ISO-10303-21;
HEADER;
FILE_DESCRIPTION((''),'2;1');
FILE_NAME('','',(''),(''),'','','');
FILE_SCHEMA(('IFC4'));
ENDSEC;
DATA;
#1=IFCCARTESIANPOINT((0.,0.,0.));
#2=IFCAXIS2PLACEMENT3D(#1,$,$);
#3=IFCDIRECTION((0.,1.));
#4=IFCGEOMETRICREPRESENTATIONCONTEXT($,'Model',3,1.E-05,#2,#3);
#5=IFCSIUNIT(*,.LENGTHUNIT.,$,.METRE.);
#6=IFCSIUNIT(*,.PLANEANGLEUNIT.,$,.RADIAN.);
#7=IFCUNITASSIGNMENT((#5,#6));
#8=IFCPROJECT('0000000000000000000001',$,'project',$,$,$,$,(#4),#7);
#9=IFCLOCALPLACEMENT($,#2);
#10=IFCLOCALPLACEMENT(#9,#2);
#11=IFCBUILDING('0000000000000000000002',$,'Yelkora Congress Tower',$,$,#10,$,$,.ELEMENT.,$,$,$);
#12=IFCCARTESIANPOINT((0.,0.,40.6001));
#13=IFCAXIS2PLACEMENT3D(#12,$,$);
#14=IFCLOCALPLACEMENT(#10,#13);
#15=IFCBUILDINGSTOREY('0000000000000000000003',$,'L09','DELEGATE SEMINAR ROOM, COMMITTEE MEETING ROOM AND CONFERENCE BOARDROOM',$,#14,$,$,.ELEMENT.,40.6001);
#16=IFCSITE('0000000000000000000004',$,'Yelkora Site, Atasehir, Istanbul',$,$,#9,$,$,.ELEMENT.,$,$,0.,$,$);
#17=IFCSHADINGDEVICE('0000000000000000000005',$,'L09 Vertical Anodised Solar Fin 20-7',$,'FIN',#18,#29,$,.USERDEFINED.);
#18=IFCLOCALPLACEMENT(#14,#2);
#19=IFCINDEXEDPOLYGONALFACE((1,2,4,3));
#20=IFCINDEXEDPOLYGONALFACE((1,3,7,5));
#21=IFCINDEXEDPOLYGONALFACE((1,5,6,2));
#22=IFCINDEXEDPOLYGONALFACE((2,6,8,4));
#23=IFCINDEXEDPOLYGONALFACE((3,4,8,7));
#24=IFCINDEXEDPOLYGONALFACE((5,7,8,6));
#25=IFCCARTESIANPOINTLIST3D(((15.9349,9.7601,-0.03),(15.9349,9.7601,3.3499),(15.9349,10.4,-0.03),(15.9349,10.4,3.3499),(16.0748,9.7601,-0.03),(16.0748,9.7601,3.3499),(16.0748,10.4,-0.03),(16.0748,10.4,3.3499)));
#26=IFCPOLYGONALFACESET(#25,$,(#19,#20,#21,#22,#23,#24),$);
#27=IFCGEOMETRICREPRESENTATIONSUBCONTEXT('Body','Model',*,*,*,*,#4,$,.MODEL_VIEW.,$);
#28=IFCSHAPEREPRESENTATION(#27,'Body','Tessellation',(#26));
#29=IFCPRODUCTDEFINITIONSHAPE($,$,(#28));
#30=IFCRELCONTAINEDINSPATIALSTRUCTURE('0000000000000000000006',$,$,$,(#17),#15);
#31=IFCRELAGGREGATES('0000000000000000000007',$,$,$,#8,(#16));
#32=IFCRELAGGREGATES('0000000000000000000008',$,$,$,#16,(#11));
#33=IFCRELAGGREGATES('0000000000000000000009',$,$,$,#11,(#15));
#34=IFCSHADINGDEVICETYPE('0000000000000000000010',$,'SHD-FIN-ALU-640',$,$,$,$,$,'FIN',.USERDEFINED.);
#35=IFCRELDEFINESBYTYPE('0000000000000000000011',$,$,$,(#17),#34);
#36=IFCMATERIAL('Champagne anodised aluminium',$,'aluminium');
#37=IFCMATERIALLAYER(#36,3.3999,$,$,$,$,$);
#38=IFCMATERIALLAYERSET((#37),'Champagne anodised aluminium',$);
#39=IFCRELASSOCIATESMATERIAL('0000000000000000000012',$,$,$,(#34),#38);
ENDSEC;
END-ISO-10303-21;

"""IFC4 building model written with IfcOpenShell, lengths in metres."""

from ifc_helpers import new_model, si_unit, direction, frame, origin, origin_2d, place, context, subcontext, project, spatial, rectangle, extrude, material, layer, layer_set, type_object, element, save


model = new_model("IFC4")

# Units and contexts
model_context = context("Model", 3, precision=1e-05, world=origin(), true_north=direction((0.0, 1.0)))
body_context = subcontext(model_context, "Body", "Model", "MODEL_VIEW")
ifc_project = project(units=[si_unit("LENGTHUNIT", "METRE"), si_unit("PLANEANGLEUNIT", "RADIAN")], contexts=[model_context])

# Site, building, storey
site_placement = place(None, origin())
site = spatial("IfcSite", under=ifc_project, at=site_placement, Name="Yelkora Site, Atasehir, Istanbul", CompositionType="ELEMENT", RefElevation=0.0)
building_placement = place(site_placement, origin())
building = spatial("IfcBuilding", under=site, at=building_placement, Name="Yelkora Congress Tower", CompositionType="ELEMENT")
storey_placement = place(building_placement, frame((0.0, 0.0, 40.6001)))
storey = spatial("IfcBuildingStorey", under=building, at=storey_placement, Name="L09", Description="DELEGATE SEMINAR ROOM, COMMITTEE MEETING ROOM AND CONFERENCE BOARDROOM", CompositionType="ELEMENT", Elevation=40.6001)

# Shading device
ifc_material_1 = material(Name="Champagne anodised aluminium", Category="aluminium")
ifc_layer_1 = layer(ifc_material_1, 3.3999)
ifc_layer_set_1 = layer_set([ifc_layer_1], Name="Champagne anodised aluminium")
shading_device_type = type_object("IfcShadingDeviceType", Name="SHD-FIN-ALU-640", ElementType="FIN", PredefinedType="USERDEFINED", material=ifc_layer_set_1)
shading_device_placement = place(storey_placement, frame((16.0049, 10.0801, -0.03), z_axis=(0.0, 0.0, 1.0), x_axis=(-1.0, 0.0, 0.0)))
element("IfcShadingDevice", 1, at=shading_device_placement, inside=storey, type_object=shading_device_type, Name="L09 Vertical Anodised Solar Fin 20-7", ObjectType="FIN", PredefinedType="USERDEFINED", context=body_context, shape_type="SweptSolid", body=[
    extrude(rectangle(XDim=0.1399, YDim=0.6399, at=origin_2d()), origin(), (0.0, 0.0, 1.0), 3.3799),
])

save(model, "model.ifc")
